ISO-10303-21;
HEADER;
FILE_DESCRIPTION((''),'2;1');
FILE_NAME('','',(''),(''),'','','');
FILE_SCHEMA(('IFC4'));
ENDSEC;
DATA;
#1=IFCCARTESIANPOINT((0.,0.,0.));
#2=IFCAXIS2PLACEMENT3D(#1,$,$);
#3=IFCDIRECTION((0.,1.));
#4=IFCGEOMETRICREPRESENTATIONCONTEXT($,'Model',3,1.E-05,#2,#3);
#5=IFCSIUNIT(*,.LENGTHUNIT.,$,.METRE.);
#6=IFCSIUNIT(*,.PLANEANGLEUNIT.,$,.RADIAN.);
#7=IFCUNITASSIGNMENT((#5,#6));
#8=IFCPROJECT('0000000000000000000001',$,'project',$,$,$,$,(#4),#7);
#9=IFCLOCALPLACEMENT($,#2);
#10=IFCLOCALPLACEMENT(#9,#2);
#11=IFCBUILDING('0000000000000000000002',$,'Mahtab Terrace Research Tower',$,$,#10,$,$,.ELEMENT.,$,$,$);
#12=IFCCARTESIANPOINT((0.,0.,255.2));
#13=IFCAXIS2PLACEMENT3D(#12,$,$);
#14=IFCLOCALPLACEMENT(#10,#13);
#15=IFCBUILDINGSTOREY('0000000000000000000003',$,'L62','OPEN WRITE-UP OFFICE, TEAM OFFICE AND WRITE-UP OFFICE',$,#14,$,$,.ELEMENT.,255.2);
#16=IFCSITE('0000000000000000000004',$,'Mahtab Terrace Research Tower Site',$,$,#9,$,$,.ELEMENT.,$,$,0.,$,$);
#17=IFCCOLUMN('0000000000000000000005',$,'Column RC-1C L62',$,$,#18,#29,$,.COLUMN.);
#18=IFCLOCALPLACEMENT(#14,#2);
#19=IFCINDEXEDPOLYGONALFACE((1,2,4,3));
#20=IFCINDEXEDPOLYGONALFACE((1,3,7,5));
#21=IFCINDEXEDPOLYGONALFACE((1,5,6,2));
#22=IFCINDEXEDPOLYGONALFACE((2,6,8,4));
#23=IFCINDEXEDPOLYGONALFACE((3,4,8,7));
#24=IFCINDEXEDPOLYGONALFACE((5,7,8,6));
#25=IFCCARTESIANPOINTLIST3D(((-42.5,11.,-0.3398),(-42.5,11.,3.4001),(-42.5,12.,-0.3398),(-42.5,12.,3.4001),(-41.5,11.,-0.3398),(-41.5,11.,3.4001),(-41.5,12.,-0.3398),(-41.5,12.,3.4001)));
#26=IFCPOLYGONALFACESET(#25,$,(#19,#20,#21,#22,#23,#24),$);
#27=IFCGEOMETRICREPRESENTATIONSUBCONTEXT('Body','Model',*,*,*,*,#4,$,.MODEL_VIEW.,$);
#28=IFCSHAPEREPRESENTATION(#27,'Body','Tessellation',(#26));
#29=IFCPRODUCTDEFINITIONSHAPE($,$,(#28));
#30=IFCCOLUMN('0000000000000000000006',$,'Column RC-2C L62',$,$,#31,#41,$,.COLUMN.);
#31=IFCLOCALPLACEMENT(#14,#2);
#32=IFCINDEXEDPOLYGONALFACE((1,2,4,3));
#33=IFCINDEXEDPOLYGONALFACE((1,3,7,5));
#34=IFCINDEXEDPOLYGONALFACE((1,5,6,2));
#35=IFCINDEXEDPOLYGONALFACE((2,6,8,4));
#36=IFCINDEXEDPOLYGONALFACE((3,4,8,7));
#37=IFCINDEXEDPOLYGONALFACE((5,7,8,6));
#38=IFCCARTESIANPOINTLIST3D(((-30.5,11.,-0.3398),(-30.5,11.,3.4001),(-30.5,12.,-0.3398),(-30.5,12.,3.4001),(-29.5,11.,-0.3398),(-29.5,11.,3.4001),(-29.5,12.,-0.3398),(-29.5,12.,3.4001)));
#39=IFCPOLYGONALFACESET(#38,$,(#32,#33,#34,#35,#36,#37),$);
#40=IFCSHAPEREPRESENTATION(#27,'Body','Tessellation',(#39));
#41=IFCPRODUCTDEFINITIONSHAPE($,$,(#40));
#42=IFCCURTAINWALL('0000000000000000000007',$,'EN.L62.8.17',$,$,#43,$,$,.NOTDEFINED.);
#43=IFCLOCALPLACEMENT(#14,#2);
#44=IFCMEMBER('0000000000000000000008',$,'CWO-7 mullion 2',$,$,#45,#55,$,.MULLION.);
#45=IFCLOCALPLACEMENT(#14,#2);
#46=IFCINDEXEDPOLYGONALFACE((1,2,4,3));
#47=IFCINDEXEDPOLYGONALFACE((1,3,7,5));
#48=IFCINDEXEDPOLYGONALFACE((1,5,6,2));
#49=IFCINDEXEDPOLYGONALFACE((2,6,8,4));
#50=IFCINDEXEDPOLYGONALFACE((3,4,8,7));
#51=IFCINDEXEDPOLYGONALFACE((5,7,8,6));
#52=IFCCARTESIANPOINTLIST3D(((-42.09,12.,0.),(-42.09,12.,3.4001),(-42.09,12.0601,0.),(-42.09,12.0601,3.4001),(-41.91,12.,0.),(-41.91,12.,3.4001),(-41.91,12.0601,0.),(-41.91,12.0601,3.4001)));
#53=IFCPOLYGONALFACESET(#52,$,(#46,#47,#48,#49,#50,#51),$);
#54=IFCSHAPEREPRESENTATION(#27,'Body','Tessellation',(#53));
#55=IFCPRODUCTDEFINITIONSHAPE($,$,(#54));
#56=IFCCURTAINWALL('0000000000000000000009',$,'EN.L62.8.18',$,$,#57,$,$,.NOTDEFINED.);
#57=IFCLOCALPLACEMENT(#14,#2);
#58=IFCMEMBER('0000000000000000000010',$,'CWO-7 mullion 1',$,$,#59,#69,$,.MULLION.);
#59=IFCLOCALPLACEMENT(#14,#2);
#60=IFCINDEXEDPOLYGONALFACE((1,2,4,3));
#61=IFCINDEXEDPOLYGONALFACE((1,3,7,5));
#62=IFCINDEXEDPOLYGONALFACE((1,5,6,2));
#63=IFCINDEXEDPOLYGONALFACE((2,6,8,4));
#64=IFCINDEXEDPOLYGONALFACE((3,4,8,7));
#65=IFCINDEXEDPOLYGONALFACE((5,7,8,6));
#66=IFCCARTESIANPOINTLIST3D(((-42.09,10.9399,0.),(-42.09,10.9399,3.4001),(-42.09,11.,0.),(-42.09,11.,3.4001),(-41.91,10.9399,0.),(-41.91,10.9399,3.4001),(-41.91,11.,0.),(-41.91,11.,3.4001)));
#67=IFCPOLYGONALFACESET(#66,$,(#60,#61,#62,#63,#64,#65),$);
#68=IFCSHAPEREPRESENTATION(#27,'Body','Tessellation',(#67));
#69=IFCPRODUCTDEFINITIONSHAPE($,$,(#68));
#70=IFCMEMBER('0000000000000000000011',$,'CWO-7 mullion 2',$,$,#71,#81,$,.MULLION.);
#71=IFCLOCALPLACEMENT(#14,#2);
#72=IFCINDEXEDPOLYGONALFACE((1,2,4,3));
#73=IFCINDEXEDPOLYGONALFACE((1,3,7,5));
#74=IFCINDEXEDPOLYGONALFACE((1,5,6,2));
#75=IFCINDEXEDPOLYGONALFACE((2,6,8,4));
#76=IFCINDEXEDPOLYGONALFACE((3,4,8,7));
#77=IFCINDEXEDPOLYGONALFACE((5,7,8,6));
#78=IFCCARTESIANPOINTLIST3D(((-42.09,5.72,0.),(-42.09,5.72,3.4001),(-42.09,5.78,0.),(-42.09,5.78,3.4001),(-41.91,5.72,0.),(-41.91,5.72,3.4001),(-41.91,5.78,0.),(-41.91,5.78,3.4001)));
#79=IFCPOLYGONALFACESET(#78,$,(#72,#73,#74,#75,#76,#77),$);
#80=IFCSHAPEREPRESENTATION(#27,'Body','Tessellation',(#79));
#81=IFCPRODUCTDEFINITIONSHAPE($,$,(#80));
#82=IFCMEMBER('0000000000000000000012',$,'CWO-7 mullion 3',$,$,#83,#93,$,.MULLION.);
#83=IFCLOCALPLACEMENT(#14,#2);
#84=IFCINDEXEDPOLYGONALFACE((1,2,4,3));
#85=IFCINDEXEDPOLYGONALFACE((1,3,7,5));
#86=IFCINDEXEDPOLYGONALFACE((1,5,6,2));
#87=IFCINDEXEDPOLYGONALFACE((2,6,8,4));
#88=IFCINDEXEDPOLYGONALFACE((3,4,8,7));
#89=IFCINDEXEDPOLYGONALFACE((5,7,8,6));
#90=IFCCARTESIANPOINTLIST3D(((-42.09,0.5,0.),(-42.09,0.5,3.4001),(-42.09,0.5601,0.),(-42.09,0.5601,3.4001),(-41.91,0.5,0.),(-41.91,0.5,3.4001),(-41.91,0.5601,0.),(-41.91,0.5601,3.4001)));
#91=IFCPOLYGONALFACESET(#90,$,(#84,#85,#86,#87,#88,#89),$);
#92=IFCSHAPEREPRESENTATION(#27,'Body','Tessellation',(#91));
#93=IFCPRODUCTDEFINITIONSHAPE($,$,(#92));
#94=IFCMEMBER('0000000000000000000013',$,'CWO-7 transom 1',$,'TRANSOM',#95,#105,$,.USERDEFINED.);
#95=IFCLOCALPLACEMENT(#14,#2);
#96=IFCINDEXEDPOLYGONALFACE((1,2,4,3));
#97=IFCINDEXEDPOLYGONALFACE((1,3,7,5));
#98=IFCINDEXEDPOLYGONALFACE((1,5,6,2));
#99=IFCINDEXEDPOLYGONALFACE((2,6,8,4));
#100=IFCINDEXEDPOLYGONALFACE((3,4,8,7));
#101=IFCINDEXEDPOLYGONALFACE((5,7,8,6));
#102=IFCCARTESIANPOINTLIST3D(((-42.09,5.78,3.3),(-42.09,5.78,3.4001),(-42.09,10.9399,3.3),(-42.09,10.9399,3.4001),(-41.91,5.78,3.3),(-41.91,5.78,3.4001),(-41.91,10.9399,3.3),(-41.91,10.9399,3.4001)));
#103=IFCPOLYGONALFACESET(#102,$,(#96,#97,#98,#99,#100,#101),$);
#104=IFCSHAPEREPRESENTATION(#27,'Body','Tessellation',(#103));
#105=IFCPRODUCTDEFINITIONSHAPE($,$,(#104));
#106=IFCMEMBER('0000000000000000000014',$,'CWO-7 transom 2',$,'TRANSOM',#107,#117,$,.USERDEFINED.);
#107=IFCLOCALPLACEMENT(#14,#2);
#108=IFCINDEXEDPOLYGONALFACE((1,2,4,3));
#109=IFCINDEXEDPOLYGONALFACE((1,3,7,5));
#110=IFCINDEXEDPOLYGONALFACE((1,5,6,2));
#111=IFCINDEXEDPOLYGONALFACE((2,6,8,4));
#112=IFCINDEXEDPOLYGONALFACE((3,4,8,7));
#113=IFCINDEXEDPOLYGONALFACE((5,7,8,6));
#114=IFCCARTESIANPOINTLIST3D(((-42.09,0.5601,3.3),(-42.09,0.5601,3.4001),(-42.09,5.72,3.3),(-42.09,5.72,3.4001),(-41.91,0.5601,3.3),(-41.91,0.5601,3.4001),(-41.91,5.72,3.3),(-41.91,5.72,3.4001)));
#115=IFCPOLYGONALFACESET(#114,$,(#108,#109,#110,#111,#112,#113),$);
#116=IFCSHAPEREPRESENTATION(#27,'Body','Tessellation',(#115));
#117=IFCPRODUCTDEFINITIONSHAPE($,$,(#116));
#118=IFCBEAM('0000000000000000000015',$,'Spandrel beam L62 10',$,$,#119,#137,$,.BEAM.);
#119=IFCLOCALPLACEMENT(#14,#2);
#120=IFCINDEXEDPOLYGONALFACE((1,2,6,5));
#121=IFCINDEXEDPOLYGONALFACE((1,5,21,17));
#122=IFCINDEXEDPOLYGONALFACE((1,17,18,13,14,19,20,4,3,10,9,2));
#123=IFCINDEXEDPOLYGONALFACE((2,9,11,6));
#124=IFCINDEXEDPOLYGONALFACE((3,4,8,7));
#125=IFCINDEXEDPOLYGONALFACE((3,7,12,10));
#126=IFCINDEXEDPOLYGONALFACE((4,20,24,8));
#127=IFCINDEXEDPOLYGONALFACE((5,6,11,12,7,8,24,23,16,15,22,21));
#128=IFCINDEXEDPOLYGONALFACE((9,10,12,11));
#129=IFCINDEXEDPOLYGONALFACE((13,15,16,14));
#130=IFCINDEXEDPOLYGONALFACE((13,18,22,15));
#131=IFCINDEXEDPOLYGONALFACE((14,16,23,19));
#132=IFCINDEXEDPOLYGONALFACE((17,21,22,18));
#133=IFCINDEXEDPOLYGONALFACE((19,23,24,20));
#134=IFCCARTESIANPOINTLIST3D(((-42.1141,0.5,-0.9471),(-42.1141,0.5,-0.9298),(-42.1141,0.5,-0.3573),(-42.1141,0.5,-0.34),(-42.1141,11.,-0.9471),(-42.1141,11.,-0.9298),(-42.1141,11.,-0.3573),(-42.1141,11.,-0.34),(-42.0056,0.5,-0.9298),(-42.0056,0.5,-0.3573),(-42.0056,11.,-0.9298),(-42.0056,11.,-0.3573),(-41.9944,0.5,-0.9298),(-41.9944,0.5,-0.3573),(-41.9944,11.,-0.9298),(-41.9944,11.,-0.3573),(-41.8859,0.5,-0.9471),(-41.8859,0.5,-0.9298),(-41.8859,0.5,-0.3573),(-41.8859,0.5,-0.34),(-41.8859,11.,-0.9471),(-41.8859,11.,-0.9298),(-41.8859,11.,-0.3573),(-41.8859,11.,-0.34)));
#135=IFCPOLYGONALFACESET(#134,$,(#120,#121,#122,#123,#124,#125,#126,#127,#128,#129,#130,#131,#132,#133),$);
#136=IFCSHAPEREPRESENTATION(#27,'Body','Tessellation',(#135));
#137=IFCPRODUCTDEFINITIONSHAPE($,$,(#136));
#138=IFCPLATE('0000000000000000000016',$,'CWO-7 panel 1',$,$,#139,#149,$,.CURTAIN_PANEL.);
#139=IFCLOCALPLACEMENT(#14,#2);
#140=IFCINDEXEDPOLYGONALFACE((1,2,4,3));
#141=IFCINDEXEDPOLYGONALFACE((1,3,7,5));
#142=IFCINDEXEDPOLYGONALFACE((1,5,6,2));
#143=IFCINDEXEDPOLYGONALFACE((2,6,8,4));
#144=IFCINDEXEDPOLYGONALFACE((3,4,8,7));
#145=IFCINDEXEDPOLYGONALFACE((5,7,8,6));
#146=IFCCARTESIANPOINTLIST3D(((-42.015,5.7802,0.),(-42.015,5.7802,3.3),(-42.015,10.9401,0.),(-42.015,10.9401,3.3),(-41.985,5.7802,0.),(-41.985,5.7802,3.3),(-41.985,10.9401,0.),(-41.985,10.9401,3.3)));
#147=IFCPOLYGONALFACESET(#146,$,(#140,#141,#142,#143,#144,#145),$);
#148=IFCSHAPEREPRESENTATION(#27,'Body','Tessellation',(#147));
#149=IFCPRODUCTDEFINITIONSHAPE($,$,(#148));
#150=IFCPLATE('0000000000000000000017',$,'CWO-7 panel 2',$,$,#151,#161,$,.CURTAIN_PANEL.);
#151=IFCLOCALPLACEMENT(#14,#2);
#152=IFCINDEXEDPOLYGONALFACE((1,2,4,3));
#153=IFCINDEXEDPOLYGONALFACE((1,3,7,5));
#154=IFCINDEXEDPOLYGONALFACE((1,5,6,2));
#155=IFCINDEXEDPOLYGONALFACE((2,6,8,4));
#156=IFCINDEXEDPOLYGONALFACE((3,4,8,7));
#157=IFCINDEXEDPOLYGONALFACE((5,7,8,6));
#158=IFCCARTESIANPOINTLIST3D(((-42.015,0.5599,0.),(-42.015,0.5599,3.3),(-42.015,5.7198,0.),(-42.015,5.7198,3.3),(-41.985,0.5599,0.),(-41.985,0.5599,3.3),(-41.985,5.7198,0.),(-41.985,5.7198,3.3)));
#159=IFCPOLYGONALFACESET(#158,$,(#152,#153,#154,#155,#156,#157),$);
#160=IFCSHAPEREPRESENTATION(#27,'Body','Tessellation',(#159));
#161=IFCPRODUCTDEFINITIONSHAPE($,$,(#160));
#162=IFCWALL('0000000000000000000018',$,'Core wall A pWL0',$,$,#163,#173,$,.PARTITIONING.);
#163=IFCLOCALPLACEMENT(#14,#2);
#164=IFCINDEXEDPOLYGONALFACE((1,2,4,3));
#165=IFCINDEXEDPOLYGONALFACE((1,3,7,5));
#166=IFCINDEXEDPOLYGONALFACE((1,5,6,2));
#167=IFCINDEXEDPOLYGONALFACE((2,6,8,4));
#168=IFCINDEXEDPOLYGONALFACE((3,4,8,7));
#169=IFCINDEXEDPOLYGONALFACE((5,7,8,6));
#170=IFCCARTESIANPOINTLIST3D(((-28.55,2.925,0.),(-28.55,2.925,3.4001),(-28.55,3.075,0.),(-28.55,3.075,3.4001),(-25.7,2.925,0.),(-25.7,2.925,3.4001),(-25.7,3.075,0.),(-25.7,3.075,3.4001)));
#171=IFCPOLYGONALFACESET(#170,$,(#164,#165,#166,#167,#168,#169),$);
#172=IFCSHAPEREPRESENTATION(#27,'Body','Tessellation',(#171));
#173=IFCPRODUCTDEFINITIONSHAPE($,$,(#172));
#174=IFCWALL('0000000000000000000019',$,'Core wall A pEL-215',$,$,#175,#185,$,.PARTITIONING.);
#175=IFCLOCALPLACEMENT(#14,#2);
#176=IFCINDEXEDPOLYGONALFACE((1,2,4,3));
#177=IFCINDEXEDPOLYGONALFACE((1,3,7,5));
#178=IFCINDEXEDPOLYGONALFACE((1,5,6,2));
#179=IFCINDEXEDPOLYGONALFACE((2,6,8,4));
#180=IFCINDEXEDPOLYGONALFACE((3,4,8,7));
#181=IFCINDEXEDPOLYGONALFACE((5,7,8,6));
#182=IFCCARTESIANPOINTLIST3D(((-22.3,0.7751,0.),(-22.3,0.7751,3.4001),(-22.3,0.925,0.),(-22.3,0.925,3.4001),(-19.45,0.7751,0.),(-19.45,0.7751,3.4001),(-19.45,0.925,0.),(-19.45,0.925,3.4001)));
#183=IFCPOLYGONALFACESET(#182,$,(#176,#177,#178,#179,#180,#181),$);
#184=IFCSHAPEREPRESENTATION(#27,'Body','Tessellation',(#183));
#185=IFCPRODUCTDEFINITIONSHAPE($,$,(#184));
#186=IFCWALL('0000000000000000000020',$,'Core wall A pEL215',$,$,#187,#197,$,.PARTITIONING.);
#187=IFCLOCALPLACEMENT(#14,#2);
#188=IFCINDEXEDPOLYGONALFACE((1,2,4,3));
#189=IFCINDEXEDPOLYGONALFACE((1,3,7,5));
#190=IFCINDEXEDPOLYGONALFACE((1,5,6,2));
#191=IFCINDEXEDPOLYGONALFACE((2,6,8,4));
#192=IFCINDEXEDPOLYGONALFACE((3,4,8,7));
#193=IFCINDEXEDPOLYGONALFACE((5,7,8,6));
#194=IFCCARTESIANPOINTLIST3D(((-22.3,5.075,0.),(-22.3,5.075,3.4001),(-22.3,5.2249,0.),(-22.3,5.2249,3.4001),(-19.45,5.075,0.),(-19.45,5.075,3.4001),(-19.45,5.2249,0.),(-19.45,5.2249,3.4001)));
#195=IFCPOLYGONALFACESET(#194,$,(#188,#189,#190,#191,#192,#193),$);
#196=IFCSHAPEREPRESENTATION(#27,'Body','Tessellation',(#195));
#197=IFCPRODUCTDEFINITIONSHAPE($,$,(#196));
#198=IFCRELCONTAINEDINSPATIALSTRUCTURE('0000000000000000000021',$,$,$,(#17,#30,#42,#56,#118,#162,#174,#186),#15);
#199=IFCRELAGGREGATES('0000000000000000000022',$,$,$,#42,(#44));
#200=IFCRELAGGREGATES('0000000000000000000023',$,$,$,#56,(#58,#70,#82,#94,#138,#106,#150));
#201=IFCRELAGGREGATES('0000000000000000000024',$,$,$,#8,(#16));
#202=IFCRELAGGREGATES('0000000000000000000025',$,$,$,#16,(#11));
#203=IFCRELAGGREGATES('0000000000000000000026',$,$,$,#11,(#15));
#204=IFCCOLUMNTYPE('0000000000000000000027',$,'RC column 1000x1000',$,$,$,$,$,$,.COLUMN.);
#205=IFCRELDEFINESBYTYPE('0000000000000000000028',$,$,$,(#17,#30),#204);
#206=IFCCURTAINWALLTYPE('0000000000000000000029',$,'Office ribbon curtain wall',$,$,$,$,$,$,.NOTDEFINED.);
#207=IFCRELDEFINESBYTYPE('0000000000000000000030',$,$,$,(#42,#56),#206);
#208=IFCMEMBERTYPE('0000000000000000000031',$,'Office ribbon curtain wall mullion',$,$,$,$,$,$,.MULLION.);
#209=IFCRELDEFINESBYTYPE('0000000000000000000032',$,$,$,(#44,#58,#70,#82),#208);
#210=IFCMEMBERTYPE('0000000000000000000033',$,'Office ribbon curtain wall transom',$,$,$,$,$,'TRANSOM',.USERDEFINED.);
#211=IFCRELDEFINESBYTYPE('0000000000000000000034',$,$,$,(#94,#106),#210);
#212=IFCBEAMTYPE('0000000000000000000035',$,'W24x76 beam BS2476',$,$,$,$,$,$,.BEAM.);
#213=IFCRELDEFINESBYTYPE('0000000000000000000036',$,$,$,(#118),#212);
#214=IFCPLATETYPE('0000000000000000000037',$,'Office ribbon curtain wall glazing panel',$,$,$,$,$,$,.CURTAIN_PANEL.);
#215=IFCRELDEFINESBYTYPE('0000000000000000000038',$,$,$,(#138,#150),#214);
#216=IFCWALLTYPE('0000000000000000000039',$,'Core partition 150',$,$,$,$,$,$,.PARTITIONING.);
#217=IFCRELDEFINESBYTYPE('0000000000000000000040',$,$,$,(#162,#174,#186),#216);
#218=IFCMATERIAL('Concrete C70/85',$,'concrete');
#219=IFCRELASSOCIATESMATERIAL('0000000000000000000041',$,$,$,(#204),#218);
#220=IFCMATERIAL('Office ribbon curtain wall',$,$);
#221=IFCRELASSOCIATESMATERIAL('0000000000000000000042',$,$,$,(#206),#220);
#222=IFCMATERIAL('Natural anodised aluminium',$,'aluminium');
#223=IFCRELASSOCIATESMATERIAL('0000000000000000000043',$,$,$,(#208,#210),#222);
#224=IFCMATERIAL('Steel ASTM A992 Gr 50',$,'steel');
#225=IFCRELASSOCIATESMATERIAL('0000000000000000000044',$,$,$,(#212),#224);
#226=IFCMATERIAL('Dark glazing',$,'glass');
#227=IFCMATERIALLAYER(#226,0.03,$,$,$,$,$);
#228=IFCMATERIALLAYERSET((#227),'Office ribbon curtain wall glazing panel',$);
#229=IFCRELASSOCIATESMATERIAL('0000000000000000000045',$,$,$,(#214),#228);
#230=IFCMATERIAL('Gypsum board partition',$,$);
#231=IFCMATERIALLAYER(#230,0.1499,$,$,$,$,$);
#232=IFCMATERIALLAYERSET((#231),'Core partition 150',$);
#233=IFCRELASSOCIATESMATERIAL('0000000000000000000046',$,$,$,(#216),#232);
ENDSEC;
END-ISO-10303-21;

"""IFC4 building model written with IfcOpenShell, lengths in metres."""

from ifc_helpers import new_model, si_unit, direction, frame, frame_2d, origin, origin_2d, place, context, subcontext, project, spatial, rectangle, i_section, extrude, material, layer, layer_set, material_profile, profile_set, type_object, element, aggregate, save


model = new_model("IFC4")

# Units and contexts
model_context = context("Model", 3, precision=1e-05, world=origin(), true_north=direction((0.0, 1.0)))
body_context = subcontext(model_context, "Body", "Model", "MODEL_VIEW")
ifc_project = project(units=[si_unit("LENGTHUNIT", "METRE"), si_unit("PLANEANGLEUNIT", "RADIAN")], contexts=[model_context])

# Site, building, storey
site_placement = place(None, origin())
site = spatial("IfcSite", under=ifc_project, at=site_placement, Name="Mahtab Terrace Research Tower Site", CompositionType="ELEMENT", RefElevation=0.0)
building_placement = place(site_placement, origin())
building = spatial("IfcBuilding", under=site, at=building_placement, Name="Mahtab Terrace Research Tower", CompositionType="ELEMENT")
storey_placement = place(building_placement, frame((0.0, 0.0, 255.2)))
storey = spatial("IfcBuildingStorey", under=building, at=storey_placement, Name="L62", Description="OPEN WRITE-UP OFFICE, TEAM OFFICE AND WRITE-UP OFFICE", CompositionType="ELEMENT", Elevation=255.2)

# Columns
ifc_material_1 = material(Name="Concrete C70/85", Category="concrete")
ifc_material_profile_1 = material_profile(ifc_material_1, rectangle(XDim=1.0, YDim=1.0, at=origin_2d()), Name="RC column 1000x1000")
ifc_profile_set_1 = profile_set([ifc_material_profile_1], Name="Concrete C70/85")
column_type = type_object("IfcColumnType", Name="RC column 1000x1000", PredefinedType="COLUMN", material=ifc_profile_set_1)
for number, where, z_axis, x_axis, name in (
    (1, (-42.0, 11.5, -0.3398), (0.0, 0.0, 1.0), (1.0, 0.0, 0.0), "Column RC-1C L62"),
    (2, (-30.0, 11.5, -0.3398), (0.0, 0.0, 1.0), (1.0, 0.0, 0.0), "Column RC-2C L62"),
):
    element("IfcColumn", number, at=place(storey_placement, frame(where, z_axis=z_axis, x_axis=x_axis)), inside=storey, type_object=column_type, Name=name, PredefinedType="COLUMN", context=body_context, shape_type="SweptSolid", body=[
        extrude(rectangle(XDim=1.0, YDim=1.0, at=origin_2d()), origin(), (0.0, 0.0, 1.0), 3.74),
    ])

# Curtain wall, member
ifc_material_2 = material(Name="Office ribbon curtain wall")
curtain_wall_type = type_object("IfcCurtainWallType", Name="Office ribbon curtain wall", PredefinedType="NOTDEFINED", material=ifc_material_2)
curtain_wall_1_placement = place(storey_placement, origin())
curtain_wall_1 = element("IfcCurtainWall", 3, at=curtain_wall_1_placement, inside=storey, type_object=curtain_wall_type, Name="EN.L62.8.17", PredefinedType="NOTDEFINED")
ifc_material_3 = material(Name="Natural anodised aluminium", Category="aluminium")
ifc_material_profile_2 = material_profile(ifc_material_3, rectangle(XDim=0.1799, YDim=0.0601, at=origin_2d()), Name="MULLION 60x180")
ifc_profile_set_2 = profile_set([ifc_material_profile_2], Name="Natural anodised aluminium")
member_type_1 = type_object("IfcMemberType", Name="Office ribbon curtain wall mullion", PredefinedType="MULLION", material=ifc_profile_set_2)
member_1_placement = place(storey_placement, frame((-42.0, 12.03, 0.0), z_axis=(0.0, 0.0, 1.0), x_axis=(1.0, 0.0, 0.0)))
member_1 = element("IfcMember", 4, at=member_1_placement, type_object=member_type_1, Name="CWO-7 mullion 2", PredefinedType="MULLION", context=body_context, shape_type="SweptSolid", body=[
    extrude(rectangle(XDim=0.1799, YDim=0.0601, at=origin_2d()), origin(), (0.0, 0.0, 1.0), 3.4001),
])
aggregate(curtain_wall_1, [member_1])

# Curtain wall, members
curtain_wall_2_placement = place(storey_placement, origin())
curtain_wall_2 = element("IfcCurtainWall", 5, at=curtain_wall_2_placement, inside=storey, type_object=curtain_wall_type, Name="EN.L62.8.18", PredefinedType="NOTDEFINED")
member_2_placement = place(storey_placement, frame((-42.0, 10.97, 0.0), z_axis=(0.0, 0.0, 1.0), x_axis=(1.0, 0.0, 0.0)))
member_2 = element("IfcMember", 6, at=member_2_placement, type_object=member_type_1, Name="CWO-7 mullion 1", PredefinedType="MULLION", context=body_context, shape_type="SweptSolid", body=[
    extrude(rectangle(XDim=0.1799, YDim=0.0601, at=origin_2d()), origin(), (0.0, 0.0, 1.0), 3.4001),
])
member_3_placement = place(storey_placement, frame((-42.0, 5.75, 0.0), z_axis=(0.0, 0.0, 1.0), x_axis=(1.0, 0.0, 0.0)))
member_3 = element("IfcMember", 7, at=member_3_placement, type_object=member_type_1, Name="CWO-7 mullion 2", PredefinedType="MULLION", context=body_context, shape_type="SweptSolid", body=[
    extrude(rectangle(XDim=0.1799, YDim=0.0601, at=origin_2d()), origin(), (0.0, 0.0, 1.0), 3.4001),
])
member_4_placement = place(storey_placement, frame((-42.0, 0.53, 0.0), z_axis=(0.0, 0.0, 1.0), x_axis=(1.0, 0.0, 0.0)))
member_4 = element("IfcMember", 8, at=member_4_placement, type_object=member_type_1, Name="CWO-7 mullion 3", PredefinedType="MULLION", context=body_context, shape_type="SweptSolid", body=[
    extrude(rectangle(XDim=0.1799, YDim=0.0601, at=origin_2d()), origin(), (0.0, 0.0, 1.0), 3.4001),
])
ifc_material_profile_3 = material_profile(ifc_material_3, rectangle(XDim=0.1799, YDim=0.1001, at=origin_2d()), Name="TRANSOM 100x180")
ifc_profile_set_3 = profile_set([ifc_material_profile_3], Name="Natural anodised aluminium")
member_type_2 = type_object("IfcMemberType", Name="Office ribbon curtain wall transom", ElementType="TRANSOM", PredefinedType="USERDEFINED", material=ifc_profile_set_3)
member_5_placement = place(storey_placement, frame((-42.0, 10.9399, 3.3501), z_axis=(0.0, -1.0, 0.0), x_axis=(1.0, 0.0, 0.0)))
member_5 = element("IfcMember", 9, at=member_5_placement, type_object=member_type_2, Name="CWO-7 transom 1", ObjectType="TRANSOM", PredefinedType="USERDEFINED", context=body_context, shape_type="SweptSolid", body=[
    extrude(rectangle(XDim=0.1799, YDim=0.1001, at=origin_2d()), origin(), (0.0, 0.0, 1.0), 5.1599),
])
member_6_placement = place(storey_placement, frame((-42.0, 5.72, 3.3501), z_axis=(0.0, -1.0, 0.0), x_axis=(1.0, 0.0, 0.0)))
member_6 = element("IfcMember", 10, at=member_6_placement, type_object=member_type_2, Name="CWO-7 transom 2", ObjectType="TRANSOM", PredefinedType="USERDEFINED", context=body_context, shape_type="SweptSolid", body=[
    extrude(rectangle(XDim=0.1799, YDim=0.1001, at=origin_2d()), origin(), (0.0, 0.0, 1.0), 5.1599),
])

# Beam
ifc_material_4 = material(Name="Steel ASTM A992 Gr 50", Category="steel")
ifc_material_profile_4 = material_profile(ifc_material_4, i_section(OverallWidth=0.2283, OverallDepth=0.6072, WebThickness=0.0112, FlangeThickness=0.0173, at=origin_2d()), Name="W24X76")
ifc_profile_set_4 = profile_set([ifc_material_profile_4], Name="Steel ASTM A992 Gr 50")
beam_type = type_object("IfcBeamType", Name="W24x76 beam BS2476", PredefinedType="BEAM", material=ifc_profile_set_4)
beam_placement = place(storey_placement, frame((-42.0, 11.0, -0.6436), z_axis=(0.0, -1.0, 0.0), x_axis=(1.0, 0.0, 0.0)))
element("IfcBeam", 11, at=beam_placement, inside=storey, type_object=beam_type, Name="Spandrel beam L62 10", PredefinedType="BEAM", context=body_context, shape_type="SweptSolid", body=[
    extrude(i_section(OverallWidth=0.2283, OverallDepth=0.6072, WebThickness=0.0112, FlangeThickness=0.0173, at=origin_2d()), origin(), (0.0, 0.0, 1.0), 10.5),
])

# Plates
ifc_material_5 = material(Name="Dark glazing", Category="glass")
ifc_layer_1 = layer(ifc_material_5, 0.03)
ifc_layer_set_1 = layer_set([ifc_layer_1], Name="Office ribbon curtain wall glazing panel")
plate_type = type_object("IfcPlateType", Name="Office ribbon curtain wall glazing panel", PredefinedType="CURTAIN_PANEL", material=ifc_layer_set_1)
plate_1_placement = place(storey_placement, frame((-42.0, 8.3601, 0.0), z_axis=(0.0, 0.0, 1.0), x_axis=(0.0, -1.0, 0.0)))
plate_1 = element("IfcPlate", 12, at=plate_1_placement, type_object=plate_type, Name="CWO-7 panel 1", PredefinedType="CURTAIN_PANEL", context=body_context, shape_type="SweptSolid", body=[
    extrude(rectangle(XDim=5.1599, YDim=0.03, at=origin_2d()), origin(), (0.0, 0.0, 1.0), 3.3),
])
plate_2_placement = place(storey_placement, frame((-42.0, 3.1399, 0.0), z_axis=(0.0, 0.0, 1.0), x_axis=(0.0, -1.0, 0.0)))
plate_2 = element("IfcPlate", 13, at=plate_2_placement, type_object=plate_type, Name="CWO-7 panel 2", PredefinedType="CURTAIN_PANEL", context=body_context, shape_type="SweptSolid", body=[
    extrude(rectangle(XDim=5.1599, YDim=0.03, at=origin_2d()), origin(), (0.0, 0.0, 1.0), 3.3),
])
aggregate(curtain_wall_2, [member_2, member_3, member_4, member_5, plate_1, member_6, plate_2])

# Walls
ifc_material_6 = material(Name="Gypsum board partition")
ifc_layer_2 = layer(ifc_material_6, 0.1499)
ifc_layer_set_2 = layer_set([ifc_layer_2], Name="Core partition 150")
wall_type_1 = type_object("IfcWallType", Name="Core partition 150", PredefinedType="PARTITIONING", material=ifc_layer_set_2)
for number, where, z_axis, x_axis, name in (
    (14, (-28.55, 3.0, 0.0), (0.0, 0.0, 1.0), (1.0, 0.0, 0.0), "Core wall A pWL0"),
    (15, (-22.3, 0.8501, 0.0), (0.0, 0.0, 1.0), (1.0, 0.0, 0.0), "Core wall A pEL-215"),
    (16, (-22.3, 5.1499, 0.0), (0.0, 0.0, 1.0), (1.0, 0.0, 0.0), "Core wall A pEL215"),
):
    element("IfcWall", number, at=place(storey_placement, frame(where, z_axis=z_axis, x_axis=x_axis)), inside=storey, type_object=wall_type_1, Name=name, PredefinedType="PARTITIONING", context=body_context, shape_type="SweptSolid", body=[
        extrude(rectangle(XDim=2.8501, YDim=0.1499, at=frame_2d((1.425, 0.0))), origin(), (0.0, 0.0, 1.0), 3.4001),
    ])

save(model, "model.ifc")
